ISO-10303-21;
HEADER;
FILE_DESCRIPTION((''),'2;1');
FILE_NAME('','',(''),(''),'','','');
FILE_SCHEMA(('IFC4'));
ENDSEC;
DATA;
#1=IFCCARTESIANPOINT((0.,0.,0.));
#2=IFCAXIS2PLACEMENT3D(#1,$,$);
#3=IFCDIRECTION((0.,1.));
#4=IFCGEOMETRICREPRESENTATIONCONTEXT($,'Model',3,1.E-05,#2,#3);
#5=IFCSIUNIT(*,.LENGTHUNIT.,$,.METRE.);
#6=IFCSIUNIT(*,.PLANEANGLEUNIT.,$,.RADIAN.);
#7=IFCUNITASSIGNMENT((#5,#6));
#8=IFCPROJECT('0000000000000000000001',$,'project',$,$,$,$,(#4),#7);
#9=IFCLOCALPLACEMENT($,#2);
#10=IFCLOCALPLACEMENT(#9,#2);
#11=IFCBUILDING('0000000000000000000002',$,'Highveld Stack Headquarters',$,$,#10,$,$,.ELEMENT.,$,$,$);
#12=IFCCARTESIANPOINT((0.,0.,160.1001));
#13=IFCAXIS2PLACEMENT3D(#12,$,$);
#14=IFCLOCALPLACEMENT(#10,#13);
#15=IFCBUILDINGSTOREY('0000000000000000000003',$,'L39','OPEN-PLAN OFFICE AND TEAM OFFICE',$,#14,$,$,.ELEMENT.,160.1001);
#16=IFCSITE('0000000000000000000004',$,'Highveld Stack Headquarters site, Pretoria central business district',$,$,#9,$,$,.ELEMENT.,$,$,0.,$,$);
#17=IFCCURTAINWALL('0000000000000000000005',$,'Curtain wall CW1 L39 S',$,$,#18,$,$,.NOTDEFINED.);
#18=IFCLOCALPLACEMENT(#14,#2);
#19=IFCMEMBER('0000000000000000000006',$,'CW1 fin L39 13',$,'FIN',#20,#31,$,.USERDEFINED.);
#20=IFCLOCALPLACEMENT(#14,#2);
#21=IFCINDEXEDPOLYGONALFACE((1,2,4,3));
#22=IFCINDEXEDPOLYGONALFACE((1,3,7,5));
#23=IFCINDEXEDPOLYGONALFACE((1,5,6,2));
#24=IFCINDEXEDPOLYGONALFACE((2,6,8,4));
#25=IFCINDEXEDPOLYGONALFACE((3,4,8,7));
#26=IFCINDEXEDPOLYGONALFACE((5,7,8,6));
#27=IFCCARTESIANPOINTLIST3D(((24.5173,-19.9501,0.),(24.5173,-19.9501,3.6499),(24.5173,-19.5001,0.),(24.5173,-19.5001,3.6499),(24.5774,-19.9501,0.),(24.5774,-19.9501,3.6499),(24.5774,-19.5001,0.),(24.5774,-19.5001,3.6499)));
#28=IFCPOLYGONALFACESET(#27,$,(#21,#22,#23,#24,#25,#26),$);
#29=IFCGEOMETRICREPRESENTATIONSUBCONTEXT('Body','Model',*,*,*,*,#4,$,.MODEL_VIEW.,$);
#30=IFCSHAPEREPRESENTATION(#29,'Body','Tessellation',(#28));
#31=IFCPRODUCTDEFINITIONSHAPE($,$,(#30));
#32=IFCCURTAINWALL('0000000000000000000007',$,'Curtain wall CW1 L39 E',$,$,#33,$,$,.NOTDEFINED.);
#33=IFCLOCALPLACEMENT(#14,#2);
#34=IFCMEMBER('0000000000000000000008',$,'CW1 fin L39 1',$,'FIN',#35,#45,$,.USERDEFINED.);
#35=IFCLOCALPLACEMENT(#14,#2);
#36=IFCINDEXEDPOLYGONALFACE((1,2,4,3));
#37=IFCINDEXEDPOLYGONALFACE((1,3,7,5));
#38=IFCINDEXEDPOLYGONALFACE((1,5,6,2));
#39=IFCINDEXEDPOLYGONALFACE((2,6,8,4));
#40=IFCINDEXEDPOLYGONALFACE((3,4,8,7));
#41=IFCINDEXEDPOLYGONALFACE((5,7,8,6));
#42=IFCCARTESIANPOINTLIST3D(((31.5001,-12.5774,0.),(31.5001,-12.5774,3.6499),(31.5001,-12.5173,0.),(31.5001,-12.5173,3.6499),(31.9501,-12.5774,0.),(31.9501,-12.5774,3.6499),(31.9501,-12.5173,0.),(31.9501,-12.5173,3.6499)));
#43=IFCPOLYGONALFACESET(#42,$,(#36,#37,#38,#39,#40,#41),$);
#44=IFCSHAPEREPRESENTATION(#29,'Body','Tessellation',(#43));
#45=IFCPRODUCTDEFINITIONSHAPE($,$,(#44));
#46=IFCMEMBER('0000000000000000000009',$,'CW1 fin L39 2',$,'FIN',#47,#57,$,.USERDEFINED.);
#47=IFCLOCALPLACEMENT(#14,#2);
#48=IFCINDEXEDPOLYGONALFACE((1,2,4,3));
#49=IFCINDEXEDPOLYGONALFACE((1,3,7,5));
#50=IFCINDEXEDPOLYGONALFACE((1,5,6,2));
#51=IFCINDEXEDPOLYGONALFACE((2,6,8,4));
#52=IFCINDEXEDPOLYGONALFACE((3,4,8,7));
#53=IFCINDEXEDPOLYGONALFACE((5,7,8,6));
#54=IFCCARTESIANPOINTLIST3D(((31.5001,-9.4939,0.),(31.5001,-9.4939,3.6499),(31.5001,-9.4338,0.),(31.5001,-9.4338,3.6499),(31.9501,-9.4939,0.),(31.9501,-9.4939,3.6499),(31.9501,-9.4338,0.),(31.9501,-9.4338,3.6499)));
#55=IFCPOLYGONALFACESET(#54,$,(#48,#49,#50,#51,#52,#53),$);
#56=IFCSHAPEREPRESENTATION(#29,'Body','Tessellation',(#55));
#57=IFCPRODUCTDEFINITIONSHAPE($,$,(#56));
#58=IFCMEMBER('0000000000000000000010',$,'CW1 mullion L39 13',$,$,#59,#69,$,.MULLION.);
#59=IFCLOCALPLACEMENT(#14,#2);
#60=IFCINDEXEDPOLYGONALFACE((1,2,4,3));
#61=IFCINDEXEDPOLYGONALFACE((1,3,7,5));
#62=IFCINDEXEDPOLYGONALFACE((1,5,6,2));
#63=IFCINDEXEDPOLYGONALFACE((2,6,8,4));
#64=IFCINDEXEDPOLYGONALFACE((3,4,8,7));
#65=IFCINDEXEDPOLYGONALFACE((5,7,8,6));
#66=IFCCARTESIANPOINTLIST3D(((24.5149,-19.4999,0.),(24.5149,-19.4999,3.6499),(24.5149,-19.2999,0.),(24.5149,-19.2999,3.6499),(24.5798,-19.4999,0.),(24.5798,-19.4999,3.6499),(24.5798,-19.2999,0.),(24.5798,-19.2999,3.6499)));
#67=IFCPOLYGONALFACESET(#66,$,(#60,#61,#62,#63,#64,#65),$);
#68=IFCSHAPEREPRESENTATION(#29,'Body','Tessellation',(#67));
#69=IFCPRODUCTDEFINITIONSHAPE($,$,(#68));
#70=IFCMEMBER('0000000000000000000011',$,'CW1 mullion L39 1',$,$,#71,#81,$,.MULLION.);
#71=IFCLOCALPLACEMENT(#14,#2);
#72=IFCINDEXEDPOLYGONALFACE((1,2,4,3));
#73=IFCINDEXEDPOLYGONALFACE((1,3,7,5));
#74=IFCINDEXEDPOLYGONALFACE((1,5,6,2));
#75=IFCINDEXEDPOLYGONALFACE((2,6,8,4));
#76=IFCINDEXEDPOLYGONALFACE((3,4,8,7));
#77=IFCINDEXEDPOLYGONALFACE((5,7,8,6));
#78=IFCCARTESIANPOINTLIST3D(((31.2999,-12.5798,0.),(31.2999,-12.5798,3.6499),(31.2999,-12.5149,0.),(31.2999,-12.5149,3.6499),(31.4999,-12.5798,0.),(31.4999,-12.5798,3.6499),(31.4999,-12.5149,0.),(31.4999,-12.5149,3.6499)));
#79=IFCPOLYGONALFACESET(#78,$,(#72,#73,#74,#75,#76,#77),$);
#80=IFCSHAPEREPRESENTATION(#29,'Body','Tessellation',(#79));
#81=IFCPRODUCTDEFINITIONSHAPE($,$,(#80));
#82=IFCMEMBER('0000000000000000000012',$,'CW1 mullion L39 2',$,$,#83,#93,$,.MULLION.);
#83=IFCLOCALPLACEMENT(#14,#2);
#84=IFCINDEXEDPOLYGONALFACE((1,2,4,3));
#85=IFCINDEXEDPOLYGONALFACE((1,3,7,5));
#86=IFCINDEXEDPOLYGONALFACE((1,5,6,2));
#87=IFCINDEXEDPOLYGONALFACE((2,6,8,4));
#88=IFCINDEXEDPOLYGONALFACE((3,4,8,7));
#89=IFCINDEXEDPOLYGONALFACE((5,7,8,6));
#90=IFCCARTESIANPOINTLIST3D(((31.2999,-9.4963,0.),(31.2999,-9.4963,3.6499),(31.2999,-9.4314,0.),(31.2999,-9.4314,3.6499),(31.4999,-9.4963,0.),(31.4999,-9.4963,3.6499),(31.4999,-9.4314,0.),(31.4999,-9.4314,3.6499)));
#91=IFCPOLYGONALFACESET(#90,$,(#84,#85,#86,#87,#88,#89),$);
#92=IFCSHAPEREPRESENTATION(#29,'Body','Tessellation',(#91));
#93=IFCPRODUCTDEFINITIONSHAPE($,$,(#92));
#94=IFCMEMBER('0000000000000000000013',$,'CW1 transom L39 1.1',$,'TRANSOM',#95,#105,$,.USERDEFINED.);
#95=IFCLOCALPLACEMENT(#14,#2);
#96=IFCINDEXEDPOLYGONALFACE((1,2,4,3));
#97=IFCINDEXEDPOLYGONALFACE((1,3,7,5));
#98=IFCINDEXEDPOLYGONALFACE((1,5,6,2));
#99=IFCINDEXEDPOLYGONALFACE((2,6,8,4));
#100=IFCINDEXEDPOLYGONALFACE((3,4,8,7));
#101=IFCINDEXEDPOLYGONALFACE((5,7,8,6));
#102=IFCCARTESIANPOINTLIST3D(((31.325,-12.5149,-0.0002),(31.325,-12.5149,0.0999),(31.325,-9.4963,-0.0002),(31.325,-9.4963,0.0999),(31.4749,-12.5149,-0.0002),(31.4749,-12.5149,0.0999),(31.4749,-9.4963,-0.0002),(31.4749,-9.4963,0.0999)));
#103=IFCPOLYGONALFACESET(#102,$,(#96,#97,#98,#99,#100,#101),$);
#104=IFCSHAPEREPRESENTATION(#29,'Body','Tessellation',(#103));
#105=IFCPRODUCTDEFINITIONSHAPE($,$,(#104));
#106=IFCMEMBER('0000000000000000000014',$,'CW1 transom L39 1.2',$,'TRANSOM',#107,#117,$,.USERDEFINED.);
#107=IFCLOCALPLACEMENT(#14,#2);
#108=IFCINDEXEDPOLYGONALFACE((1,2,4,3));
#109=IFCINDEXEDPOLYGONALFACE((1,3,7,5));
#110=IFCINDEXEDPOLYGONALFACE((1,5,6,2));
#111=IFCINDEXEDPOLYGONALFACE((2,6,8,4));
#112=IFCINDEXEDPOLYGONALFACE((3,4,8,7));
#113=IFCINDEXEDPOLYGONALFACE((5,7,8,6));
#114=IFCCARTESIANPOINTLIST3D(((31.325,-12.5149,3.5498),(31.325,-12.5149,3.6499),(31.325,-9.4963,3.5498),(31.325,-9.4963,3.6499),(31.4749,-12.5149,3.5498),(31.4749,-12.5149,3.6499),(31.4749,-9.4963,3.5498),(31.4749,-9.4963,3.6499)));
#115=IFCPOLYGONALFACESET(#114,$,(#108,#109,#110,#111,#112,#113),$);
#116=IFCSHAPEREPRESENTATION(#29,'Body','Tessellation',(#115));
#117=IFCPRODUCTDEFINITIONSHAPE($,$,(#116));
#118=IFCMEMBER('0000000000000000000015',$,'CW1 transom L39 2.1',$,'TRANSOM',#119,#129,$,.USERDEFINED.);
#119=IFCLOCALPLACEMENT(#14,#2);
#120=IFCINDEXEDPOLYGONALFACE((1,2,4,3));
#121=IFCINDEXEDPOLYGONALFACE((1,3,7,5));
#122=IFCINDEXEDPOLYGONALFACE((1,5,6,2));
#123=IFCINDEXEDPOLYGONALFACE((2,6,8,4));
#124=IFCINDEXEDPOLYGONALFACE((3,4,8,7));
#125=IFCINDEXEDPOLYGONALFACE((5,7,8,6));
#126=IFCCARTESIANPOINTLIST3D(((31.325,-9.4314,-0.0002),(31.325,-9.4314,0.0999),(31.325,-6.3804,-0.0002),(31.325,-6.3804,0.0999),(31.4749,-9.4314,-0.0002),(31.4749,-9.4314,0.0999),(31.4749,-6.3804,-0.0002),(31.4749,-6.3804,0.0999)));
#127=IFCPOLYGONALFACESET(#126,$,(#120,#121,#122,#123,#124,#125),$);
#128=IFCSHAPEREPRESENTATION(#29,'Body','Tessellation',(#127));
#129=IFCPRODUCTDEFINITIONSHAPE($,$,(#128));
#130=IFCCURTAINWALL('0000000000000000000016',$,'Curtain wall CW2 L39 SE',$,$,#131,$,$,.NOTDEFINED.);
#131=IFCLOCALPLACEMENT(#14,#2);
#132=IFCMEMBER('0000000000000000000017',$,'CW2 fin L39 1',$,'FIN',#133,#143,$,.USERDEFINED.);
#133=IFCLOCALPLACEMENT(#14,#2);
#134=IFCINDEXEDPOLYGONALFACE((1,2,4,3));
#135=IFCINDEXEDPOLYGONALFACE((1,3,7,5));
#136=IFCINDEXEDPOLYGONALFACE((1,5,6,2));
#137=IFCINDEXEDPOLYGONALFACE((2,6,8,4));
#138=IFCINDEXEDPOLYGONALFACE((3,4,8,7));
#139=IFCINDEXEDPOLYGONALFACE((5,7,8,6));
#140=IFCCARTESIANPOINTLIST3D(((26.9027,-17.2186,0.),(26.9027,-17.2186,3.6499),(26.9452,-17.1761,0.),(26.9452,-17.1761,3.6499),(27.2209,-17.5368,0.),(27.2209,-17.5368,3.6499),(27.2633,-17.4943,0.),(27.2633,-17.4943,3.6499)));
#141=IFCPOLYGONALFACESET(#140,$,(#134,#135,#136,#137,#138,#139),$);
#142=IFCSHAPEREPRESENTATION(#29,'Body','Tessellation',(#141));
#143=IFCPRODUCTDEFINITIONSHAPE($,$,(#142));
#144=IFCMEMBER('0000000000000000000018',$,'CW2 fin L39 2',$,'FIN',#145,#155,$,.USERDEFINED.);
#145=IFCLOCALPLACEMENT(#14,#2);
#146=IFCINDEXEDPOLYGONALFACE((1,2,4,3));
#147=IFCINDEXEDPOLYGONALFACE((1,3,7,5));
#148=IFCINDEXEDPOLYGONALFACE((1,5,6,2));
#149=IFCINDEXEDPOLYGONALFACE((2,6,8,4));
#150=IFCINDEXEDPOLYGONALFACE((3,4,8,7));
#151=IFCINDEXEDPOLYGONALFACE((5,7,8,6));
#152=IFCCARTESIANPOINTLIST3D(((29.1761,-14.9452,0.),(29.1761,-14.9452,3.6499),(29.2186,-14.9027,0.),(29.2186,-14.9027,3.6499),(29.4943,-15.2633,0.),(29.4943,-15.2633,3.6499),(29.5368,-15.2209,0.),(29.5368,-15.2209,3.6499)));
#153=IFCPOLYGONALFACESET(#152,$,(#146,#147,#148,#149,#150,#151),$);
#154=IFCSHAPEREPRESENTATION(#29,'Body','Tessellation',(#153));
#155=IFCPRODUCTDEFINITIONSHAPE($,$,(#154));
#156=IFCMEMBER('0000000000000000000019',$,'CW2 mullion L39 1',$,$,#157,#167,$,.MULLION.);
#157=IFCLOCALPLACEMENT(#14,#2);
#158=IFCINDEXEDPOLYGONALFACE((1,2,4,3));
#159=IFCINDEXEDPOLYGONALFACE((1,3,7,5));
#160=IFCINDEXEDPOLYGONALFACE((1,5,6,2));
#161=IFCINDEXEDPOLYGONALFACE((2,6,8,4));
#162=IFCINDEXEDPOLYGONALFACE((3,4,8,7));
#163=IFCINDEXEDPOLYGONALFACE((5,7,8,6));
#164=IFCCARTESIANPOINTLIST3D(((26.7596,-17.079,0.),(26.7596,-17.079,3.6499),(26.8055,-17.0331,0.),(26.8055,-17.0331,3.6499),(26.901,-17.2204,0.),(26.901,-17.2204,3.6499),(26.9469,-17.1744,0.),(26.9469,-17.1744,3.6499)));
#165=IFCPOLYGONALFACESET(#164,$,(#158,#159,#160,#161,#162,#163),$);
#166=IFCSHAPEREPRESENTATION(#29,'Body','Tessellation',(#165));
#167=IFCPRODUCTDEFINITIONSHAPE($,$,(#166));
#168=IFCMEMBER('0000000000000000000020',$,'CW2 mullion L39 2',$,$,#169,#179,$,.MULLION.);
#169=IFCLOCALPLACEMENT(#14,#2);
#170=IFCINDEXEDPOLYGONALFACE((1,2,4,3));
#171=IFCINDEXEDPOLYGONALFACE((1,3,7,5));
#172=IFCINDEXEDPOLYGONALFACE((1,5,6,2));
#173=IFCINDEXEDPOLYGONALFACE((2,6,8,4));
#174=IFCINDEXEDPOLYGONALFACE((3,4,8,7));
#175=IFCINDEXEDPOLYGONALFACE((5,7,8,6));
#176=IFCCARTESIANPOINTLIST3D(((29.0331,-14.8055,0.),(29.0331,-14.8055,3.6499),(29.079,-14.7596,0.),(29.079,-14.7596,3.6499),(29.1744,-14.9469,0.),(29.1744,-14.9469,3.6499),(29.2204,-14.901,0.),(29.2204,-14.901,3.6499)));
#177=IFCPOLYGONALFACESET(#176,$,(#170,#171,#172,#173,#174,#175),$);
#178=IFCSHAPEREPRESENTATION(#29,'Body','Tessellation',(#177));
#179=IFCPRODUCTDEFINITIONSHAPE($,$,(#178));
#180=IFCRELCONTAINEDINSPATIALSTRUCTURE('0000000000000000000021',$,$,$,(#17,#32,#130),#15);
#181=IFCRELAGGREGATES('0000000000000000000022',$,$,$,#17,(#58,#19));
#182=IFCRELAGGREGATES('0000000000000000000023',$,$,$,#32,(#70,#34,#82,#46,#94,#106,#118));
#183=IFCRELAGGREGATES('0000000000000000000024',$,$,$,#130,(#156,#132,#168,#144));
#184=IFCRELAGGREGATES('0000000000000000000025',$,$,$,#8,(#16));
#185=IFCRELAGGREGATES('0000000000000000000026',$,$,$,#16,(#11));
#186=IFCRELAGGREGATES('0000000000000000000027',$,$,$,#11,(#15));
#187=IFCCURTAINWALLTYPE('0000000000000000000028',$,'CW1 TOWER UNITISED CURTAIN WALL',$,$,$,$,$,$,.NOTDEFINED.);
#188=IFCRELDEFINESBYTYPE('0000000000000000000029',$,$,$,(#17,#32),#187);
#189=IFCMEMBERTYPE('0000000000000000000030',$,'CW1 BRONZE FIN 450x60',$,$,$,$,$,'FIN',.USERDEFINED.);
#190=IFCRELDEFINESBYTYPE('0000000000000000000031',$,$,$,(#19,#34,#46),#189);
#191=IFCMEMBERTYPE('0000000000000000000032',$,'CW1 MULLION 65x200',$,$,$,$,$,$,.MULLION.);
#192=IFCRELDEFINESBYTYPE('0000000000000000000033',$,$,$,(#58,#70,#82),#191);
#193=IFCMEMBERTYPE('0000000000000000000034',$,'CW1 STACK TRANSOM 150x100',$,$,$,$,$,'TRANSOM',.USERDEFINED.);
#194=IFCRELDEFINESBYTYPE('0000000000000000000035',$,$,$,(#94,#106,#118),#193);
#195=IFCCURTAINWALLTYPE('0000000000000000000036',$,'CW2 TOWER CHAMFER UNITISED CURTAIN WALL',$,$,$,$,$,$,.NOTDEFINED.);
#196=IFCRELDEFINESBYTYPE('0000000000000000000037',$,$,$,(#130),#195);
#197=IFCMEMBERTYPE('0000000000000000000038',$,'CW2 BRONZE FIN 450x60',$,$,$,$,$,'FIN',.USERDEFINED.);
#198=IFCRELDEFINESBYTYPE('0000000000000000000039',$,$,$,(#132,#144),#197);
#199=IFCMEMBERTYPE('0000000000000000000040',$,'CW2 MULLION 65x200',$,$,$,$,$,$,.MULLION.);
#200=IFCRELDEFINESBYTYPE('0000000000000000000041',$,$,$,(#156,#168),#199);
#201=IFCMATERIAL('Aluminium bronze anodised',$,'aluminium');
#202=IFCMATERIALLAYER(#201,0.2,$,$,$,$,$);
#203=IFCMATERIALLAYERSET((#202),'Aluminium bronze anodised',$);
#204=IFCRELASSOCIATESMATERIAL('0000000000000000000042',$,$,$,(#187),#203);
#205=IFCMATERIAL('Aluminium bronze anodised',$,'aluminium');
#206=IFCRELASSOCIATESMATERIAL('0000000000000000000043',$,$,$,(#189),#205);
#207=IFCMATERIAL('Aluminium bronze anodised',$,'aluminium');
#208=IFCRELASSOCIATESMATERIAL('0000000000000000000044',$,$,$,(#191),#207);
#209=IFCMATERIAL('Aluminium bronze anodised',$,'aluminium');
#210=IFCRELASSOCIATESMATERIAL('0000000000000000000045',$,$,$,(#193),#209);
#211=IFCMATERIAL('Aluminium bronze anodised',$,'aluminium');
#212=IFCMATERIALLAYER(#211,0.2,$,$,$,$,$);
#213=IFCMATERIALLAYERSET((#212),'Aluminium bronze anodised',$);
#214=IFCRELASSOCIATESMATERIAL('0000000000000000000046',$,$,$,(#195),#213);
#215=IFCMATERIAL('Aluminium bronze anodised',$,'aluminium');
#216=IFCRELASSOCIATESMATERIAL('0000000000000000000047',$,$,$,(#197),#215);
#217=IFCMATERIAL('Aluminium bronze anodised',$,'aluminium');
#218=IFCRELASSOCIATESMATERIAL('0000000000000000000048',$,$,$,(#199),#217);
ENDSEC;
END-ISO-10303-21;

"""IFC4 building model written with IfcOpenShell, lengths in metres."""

from ifc_helpers import new_model, si_unit, direction, frame, origin, origin_2d, place, context, subcontext, project, spatial, rectangle, extrude, material, layer, layer_set, material_profile, profile_set, type_object, element, aggregate, save


model = new_model("IFC4")

# Units and contexts
model_context = context("Model", 3, precision=1e-05, world=origin(), true_north=direction((0.0, 1.0)))
body_context = subcontext(model_context, "Body", "Model", "MODEL_VIEW")
ifc_project = project(units=[si_unit("LENGTHUNIT", "METRE"), si_unit("PLANEANGLEUNIT", "RADIAN")], contexts=[model_context])

# Site, building, storey
site_placement = place(None, origin())
site = spatial("IfcSite", under=ifc_project, at=site_placement, Name="Highveld Stack Headquarters site, Pretoria central business district", CompositionType="ELEMENT", RefElevation=0.0)
building_placement = place(site_placement, origin())
building = spatial("IfcBuilding", under=site, at=building_placement, Name="Highveld Stack Headquarters", CompositionType="ELEMENT")
storey_placement = place(building_placement, frame((0.0, 0.0, 160.1001)))
storey = spatial("IfcBuildingStorey", under=building, at=storey_placement, Name="L39", Description="OPEN-PLAN OFFICE AND TEAM OFFICE", CompositionType="ELEMENT", Elevation=160.1001)

# Curtain wall, member
ifc_material_1 = material(Name="Aluminium bronze anodised", Category="aluminium")
ifc_layer_1 = layer(ifc_material_1, 0.2)
ifc_layer_set_1 = layer_set([ifc_layer_1], Name="Aluminium bronze anodised")
curtain_wall_type_1 = type_object("IfcCurtainWallType", Name="CW1 TOWER UNITISED CURTAIN WALL", PredefinedType="NOTDEFINED", material=ifc_layer_set_1)
curtain_wall_1_placement = place(storey_placement, origin())
curtain_wall_1 = element("IfcCurtainWall", 1, at=curtain_wall_1_placement, inside=storey, type_object=curtain_wall_type_1, Name="Curtain wall CW1 L39 S", PredefinedType="NOTDEFINED")
ifc_material_2 = material(Name="Aluminium bronze anodised", Category="aluminium")
ifc_material_profile_1 = material_profile(ifc_material_2, rectangle(XDim=0.45, YDim=0.0601, at=origin_2d()), Name="FIN 450x60")
ifc_profile_set_1 = profile_set([ifc_material_profile_1], Name="Aluminium bronze anodised")
member_type_1 = type_object("IfcMemberType", Name="CW1 BRONZE FIN 450x60", ElementType="FIN", PredefinedType="USERDEFINED", material=ifc_profile_set_1)
member_1_placement = place(storey_placement, frame((24.5474, -19.7251, 0.0), z_axis=(0.0, 0.0, 1.0), x_axis=(0.0, 1.0, 0.0)))
member_1 = element("IfcMember", 2, at=member_1_placement, type_object=member_type_1, Name="CW1 fin L39 13", ObjectType="FIN", PredefinedType="USERDEFINED", context=body_context, shape_type="SweptSolid", body=[
    extrude(rectangle(XDim=0.45, YDim=0.0601, at=origin_2d()), origin(), (0.0, 0.0, 1.0), 3.6499),
])

# Curtain wall, members
curtain_wall_2_placement = place(storey_placement, origin())
curtain_wall_2 = element("IfcCurtainWall", 3, at=curtain_wall_2_placement, inside=storey, type_object=curtain_wall_type_1, Name="Curtain wall CW1 L39 E", PredefinedType="NOTDEFINED")
member_2_placement = place(storey_placement, frame((31.7251, -12.5474, 0.0), z_axis=(0.0, 0.0, 1.0), x_axis=(-1.0, 0.0, 0.0)))
member_2 = element("IfcMember", 4, at=member_2_placement, type_object=member_type_1, Name="CW1 fin L39 1", ObjectType="FIN", PredefinedType="USERDEFINED", context=body_context, shape_type="SweptSolid", body=[
    extrude(rectangle(XDim=0.45, YDim=0.0601, at=origin_2d()), origin(), (0.0, 0.0, 1.0), 3.6499),
])
member_3_placement = place(storey_placement, frame((31.7251, -9.4639, 0.0), z_axis=(0.0, 0.0, 1.0), x_axis=(-1.0, 0.0, 0.0)))
member_3 = element("IfcMember", 5, at=member_3_placement, type_object=member_type_1, Name="CW1 fin L39 2", ObjectType="FIN", PredefinedType="USERDEFINED", context=body_context, shape_type="SweptSolid", body=[
    extrude(rectangle(XDim=0.45, YDim=0.0601, at=origin_2d()), origin(), (0.0, 0.0, 1.0), 3.6499),
])

# Members
ifc_material_3 = material(Name="Aluminium bronze anodised", Category="aluminium")
ifc_material_profile_2 = material_profile(ifc_material_3, rectangle(XDim=0.2, YDim=0.0649, at=origin_2d()), Name="CW1 MULLION 65x200")
ifc_profile_set_2 = profile_set([ifc_material_profile_2], Name="Aluminium bronze anodised")
member_type_2 = type_object("IfcMemberType", Name="CW1 MULLION 65x200", PredefinedType="MULLION", material=ifc_profile_set_2)
member_4_placement = place(storey_placement, frame((24.5474, -19.3999, 0.0), z_axis=(0.0, 0.0, 1.0), x_axis=(0.0, 1.0, 0.0)))
member_4 = element("IfcMember", 6, at=member_4_placement, type_object=member_type_2, Name="CW1 mullion L39 13", PredefinedType="MULLION", context=body_context, shape_type="SweptSolid", body=[
    extrude(rectangle(XDim=0.2, YDim=0.0649, at=origin_2d()), origin(), (0.0, 0.0, 1.0), 3.6499),
])
member_5_placement = place(storey_placement, frame((31.3999, -12.5474, 0.0), z_axis=(0.0, 0.0, 1.0), x_axis=(-1.0, 0.0, 0.0)))
member_5 = element("IfcMember", 7, at=member_5_placement, type_object=member_type_2, Name="CW1 mullion L39 1", PredefinedType="MULLION", context=body_context, shape_type="SweptSolid", body=[
    extrude(rectangle(XDim=0.2, YDim=0.0649, at=origin_2d()), origin(), (0.0, 0.0, 1.0), 3.6499),
])
member_6_placement = place(storey_placement, frame((31.3999, -9.4639, 0.0), z_axis=(0.0, 0.0, 1.0), x_axis=(-1.0, 0.0, 0.0)))
member_6 = element("IfcMember", 8, at=member_6_placement, type_object=member_type_2, Name="CW1 mullion L39 2", PredefinedType="MULLION", context=body_context, shape_type="SweptSolid", body=[
    extrude(rectangle(XDim=0.2, YDim=0.0649, at=origin_2d()), origin(), (0.0, 0.0, 1.0), 3.6499),
])
ifc_material_4 = material(Name="Aluminium bronze anodised", Category="aluminium")
ifc_material_profile_3 = material_profile(ifc_material_4, rectangle(XDim=0.1499, YDim=0.1001, at=origin_2d()), Name="CW1 TRANSOM 150x100")
ifc_profile_set_3 = profile_set([ifc_material_profile_3], Name="Aluminium bronze anodised")
member_type_3 = type_object("IfcMemberType", Name="CW1 STACK TRANSOM 150x100", ElementType="TRANSOM", PredefinedType="USERDEFINED", material=ifc_profile_set_3)
member_7_placement = place(storey_placement, frame((31.3999, -12.5149, 0.0498), z_axis=(0.0, 1.0, 0.0), x_axis=(-1.0, 0.0, 0.0)))
member_7 = element("IfcMember", 9, at=member_7_placement, type_object=member_type_3, Name="CW1 transom L39 1.1", ObjectType="TRANSOM", PredefinedType="USERDEFINED", context=body_context, shape_type="SweptSolid", body=[
    extrude(rectangle(XDim=0.1499, YDim=0.1001, at=origin_2d()), origin(), (0.0, 0.0, 1.0), 3.0186),
])
member_8_placement = place(storey_placement, frame((31.3999, -12.5149, 3.5999), z_axis=(0.0, 1.0, 0.0), x_axis=(-1.0, 0.0, 0.0)))
member_8 = element("IfcMember", 10, at=member_8_placement, type_object=member_type_3, Name="CW1 transom L39 1.2", ObjectType="TRANSOM", PredefinedType="USERDEFINED", context=body_context, shape_type="SweptSolid", body=[
    extrude(rectangle(XDim=0.1499, YDim=0.1001, at=origin_2d()), origin(), (0.0, 0.0, 1.0), 3.0186),
])
member_9_placement = place(storey_placement, frame((31.3999, -9.4314, 0.0498), z_axis=(0.0, 1.0, 0.0), x_axis=(-1.0, 0.0, 0.0)))
member_9 = element("IfcMember", 11, at=member_9_placement, type_object=member_type_3, Name="CW1 transom L39 2.1", ObjectType="TRANSOM", PredefinedType="USERDEFINED", context=body_context, shape_type="SweptSolid", body=[
    extrude(rectangle(XDim=0.1499, YDim=0.1001, at=origin_2d()), origin(), (0.0, 0.0, 1.0), 3.051),
])

# Curtain wall, members
ifc_material_5 = material(Name="Aluminium bronze anodised", Category="aluminium")
ifc_layer_2 = layer(ifc_material_5, 0.2)
ifc_layer_set_2 = layer_set([ifc_layer_2], Name="Aluminium bronze anodised")
curtain_wall_type_2 = type_object("IfcCurtainWallType", Name="CW2 TOWER CHAMFER UNITISED CURTAIN WALL", PredefinedType="NOTDEFINED", material=ifc_layer_set_2)
curtain_wall_3_placement = place(storey_placement, origin())
curtain_wall_3 = element("IfcCurtainWall", 12, at=curtain_wall_3_placement, inside=storey, type_object=curtain_wall_type_2, Name="Curtain wall CW2 L39 SE", PredefinedType="NOTDEFINED")
ifc_material_6 = material(Name="Aluminium bronze anodised", Category="aluminium")
ifc_material_profile_4 = material_profile(ifc_material_6, rectangle(XDim=0.45, YDim=0.0601, at=origin_2d()), Name="FIN 450x60")
ifc_profile_set_4 = profile_set([ifc_material_profile_4], Name="Aluminium bronze anodised")
member_type_4 = type_object("IfcMemberType", Name="CW2 BRONZE FIN 450x60", ElementType="FIN", PredefinedType="USERDEFINED", material=ifc_profile_set_4)
member_10_placement = place(storey_placement, frame((27.083, -17.3564, 0.0), z_axis=(0.0, 0.0, 1.0), x_axis=(-0.707107, 0.707107, 0.0)))
member_10 = element("IfcMember", 13, at=member_10_placement, type_object=member_type_4, Name="CW2 fin L39 1", ObjectType="FIN", PredefinedType="USERDEFINED", context=body_context, shape_type="SweptSolid", body=[
    extrude(rectangle(XDim=0.45, YDim=0.0601, at=origin_2d()), origin(), (0.0, 0.0, 1.0), 3.6499),
])
member_11_placement = place(storey_placement, frame((29.3564, -15.083, 0.0), z_axis=(0.0, 0.0, 1.0), x_axis=(-0.707107, 0.707107, 0.0)))
member_11 = element("IfcMember", 14, at=member_11_placement, type_object=member_type_4, Name="CW2 fin L39 2", ObjectType="FIN", PredefinedType="USERDEFINED", context=body_context, shape_type="SweptSolid", body=[
    extrude(rectangle(XDim=0.45, YDim=0.0601, at=origin_2d()), origin(), (0.0, 0.0, 1.0), 3.6499),
])
ifc_material_7 = material(Name="Aluminium bronze anodised", Category="aluminium")
ifc_material_profile_5 = material_profile(ifc_material_7, rectangle(XDim=0.2, YDim=0.0649, at=origin_2d()), Name="CW2 MULLION 65x200")
ifc_profile_set_5 = profile_set([ifc_material_profile_5], Name="Aluminium bronze anodised")
member_type_5 = type_object("IfcMemberType", Name="CW2 MULLION 65x200", PredefinedType="MULLION", material=ifc_profile_set_5)
member_12_placement = place(storey_placement, frame((26.8533, -17.1267, 0.0), z_axis=(0.0, 0.0, 1.0), x_axis=(-0.707107, 0.707107, 0.0)))
member_12 = element("IfcMember", 15, at=member_12_placement, type_object=member_type_5, Name="CW2 mullion L39 1", PredefinedType="MULLION", context=body_context, shape_type="SweptSolid", body=[
    extrude(rectangle(XDim=0.2, YDim=0.0649, at=origin_2d()), origin(), (0.0, 0.0, 1.0), 3.6499),
])
member_13_placement = place(storey_placement, frame((29.1267, -14.8533, 0.0), z_axis=(0.0, 0.0, 1.0), x_axis=(-0.707107, 0.707107, 0.0)))
member_13 = element("IfcMember", 16, at=member_13_placement, type_object=member_type_5, Name="CW2 mullion L39 2", PredefinedType="MULLION", context=body_context, shape_type="SweptSolid", body=[
    extrude(rectangle(XDim=0.2, YDim=0.0649, at=origin_2d()), origin(), (0.0, 0.0, 1.0), 3.6499),
])

aggregate(curtain_wall_1, [member_4, member_1])
aggregate(curtain_wall_2, [member_5, member_2, member_6, member_3, member_7, member_8, member_9])
aggregate(curtain_wall_3, [member_12, member_10, member_13, member_11])

save(model, "model.ifc")
